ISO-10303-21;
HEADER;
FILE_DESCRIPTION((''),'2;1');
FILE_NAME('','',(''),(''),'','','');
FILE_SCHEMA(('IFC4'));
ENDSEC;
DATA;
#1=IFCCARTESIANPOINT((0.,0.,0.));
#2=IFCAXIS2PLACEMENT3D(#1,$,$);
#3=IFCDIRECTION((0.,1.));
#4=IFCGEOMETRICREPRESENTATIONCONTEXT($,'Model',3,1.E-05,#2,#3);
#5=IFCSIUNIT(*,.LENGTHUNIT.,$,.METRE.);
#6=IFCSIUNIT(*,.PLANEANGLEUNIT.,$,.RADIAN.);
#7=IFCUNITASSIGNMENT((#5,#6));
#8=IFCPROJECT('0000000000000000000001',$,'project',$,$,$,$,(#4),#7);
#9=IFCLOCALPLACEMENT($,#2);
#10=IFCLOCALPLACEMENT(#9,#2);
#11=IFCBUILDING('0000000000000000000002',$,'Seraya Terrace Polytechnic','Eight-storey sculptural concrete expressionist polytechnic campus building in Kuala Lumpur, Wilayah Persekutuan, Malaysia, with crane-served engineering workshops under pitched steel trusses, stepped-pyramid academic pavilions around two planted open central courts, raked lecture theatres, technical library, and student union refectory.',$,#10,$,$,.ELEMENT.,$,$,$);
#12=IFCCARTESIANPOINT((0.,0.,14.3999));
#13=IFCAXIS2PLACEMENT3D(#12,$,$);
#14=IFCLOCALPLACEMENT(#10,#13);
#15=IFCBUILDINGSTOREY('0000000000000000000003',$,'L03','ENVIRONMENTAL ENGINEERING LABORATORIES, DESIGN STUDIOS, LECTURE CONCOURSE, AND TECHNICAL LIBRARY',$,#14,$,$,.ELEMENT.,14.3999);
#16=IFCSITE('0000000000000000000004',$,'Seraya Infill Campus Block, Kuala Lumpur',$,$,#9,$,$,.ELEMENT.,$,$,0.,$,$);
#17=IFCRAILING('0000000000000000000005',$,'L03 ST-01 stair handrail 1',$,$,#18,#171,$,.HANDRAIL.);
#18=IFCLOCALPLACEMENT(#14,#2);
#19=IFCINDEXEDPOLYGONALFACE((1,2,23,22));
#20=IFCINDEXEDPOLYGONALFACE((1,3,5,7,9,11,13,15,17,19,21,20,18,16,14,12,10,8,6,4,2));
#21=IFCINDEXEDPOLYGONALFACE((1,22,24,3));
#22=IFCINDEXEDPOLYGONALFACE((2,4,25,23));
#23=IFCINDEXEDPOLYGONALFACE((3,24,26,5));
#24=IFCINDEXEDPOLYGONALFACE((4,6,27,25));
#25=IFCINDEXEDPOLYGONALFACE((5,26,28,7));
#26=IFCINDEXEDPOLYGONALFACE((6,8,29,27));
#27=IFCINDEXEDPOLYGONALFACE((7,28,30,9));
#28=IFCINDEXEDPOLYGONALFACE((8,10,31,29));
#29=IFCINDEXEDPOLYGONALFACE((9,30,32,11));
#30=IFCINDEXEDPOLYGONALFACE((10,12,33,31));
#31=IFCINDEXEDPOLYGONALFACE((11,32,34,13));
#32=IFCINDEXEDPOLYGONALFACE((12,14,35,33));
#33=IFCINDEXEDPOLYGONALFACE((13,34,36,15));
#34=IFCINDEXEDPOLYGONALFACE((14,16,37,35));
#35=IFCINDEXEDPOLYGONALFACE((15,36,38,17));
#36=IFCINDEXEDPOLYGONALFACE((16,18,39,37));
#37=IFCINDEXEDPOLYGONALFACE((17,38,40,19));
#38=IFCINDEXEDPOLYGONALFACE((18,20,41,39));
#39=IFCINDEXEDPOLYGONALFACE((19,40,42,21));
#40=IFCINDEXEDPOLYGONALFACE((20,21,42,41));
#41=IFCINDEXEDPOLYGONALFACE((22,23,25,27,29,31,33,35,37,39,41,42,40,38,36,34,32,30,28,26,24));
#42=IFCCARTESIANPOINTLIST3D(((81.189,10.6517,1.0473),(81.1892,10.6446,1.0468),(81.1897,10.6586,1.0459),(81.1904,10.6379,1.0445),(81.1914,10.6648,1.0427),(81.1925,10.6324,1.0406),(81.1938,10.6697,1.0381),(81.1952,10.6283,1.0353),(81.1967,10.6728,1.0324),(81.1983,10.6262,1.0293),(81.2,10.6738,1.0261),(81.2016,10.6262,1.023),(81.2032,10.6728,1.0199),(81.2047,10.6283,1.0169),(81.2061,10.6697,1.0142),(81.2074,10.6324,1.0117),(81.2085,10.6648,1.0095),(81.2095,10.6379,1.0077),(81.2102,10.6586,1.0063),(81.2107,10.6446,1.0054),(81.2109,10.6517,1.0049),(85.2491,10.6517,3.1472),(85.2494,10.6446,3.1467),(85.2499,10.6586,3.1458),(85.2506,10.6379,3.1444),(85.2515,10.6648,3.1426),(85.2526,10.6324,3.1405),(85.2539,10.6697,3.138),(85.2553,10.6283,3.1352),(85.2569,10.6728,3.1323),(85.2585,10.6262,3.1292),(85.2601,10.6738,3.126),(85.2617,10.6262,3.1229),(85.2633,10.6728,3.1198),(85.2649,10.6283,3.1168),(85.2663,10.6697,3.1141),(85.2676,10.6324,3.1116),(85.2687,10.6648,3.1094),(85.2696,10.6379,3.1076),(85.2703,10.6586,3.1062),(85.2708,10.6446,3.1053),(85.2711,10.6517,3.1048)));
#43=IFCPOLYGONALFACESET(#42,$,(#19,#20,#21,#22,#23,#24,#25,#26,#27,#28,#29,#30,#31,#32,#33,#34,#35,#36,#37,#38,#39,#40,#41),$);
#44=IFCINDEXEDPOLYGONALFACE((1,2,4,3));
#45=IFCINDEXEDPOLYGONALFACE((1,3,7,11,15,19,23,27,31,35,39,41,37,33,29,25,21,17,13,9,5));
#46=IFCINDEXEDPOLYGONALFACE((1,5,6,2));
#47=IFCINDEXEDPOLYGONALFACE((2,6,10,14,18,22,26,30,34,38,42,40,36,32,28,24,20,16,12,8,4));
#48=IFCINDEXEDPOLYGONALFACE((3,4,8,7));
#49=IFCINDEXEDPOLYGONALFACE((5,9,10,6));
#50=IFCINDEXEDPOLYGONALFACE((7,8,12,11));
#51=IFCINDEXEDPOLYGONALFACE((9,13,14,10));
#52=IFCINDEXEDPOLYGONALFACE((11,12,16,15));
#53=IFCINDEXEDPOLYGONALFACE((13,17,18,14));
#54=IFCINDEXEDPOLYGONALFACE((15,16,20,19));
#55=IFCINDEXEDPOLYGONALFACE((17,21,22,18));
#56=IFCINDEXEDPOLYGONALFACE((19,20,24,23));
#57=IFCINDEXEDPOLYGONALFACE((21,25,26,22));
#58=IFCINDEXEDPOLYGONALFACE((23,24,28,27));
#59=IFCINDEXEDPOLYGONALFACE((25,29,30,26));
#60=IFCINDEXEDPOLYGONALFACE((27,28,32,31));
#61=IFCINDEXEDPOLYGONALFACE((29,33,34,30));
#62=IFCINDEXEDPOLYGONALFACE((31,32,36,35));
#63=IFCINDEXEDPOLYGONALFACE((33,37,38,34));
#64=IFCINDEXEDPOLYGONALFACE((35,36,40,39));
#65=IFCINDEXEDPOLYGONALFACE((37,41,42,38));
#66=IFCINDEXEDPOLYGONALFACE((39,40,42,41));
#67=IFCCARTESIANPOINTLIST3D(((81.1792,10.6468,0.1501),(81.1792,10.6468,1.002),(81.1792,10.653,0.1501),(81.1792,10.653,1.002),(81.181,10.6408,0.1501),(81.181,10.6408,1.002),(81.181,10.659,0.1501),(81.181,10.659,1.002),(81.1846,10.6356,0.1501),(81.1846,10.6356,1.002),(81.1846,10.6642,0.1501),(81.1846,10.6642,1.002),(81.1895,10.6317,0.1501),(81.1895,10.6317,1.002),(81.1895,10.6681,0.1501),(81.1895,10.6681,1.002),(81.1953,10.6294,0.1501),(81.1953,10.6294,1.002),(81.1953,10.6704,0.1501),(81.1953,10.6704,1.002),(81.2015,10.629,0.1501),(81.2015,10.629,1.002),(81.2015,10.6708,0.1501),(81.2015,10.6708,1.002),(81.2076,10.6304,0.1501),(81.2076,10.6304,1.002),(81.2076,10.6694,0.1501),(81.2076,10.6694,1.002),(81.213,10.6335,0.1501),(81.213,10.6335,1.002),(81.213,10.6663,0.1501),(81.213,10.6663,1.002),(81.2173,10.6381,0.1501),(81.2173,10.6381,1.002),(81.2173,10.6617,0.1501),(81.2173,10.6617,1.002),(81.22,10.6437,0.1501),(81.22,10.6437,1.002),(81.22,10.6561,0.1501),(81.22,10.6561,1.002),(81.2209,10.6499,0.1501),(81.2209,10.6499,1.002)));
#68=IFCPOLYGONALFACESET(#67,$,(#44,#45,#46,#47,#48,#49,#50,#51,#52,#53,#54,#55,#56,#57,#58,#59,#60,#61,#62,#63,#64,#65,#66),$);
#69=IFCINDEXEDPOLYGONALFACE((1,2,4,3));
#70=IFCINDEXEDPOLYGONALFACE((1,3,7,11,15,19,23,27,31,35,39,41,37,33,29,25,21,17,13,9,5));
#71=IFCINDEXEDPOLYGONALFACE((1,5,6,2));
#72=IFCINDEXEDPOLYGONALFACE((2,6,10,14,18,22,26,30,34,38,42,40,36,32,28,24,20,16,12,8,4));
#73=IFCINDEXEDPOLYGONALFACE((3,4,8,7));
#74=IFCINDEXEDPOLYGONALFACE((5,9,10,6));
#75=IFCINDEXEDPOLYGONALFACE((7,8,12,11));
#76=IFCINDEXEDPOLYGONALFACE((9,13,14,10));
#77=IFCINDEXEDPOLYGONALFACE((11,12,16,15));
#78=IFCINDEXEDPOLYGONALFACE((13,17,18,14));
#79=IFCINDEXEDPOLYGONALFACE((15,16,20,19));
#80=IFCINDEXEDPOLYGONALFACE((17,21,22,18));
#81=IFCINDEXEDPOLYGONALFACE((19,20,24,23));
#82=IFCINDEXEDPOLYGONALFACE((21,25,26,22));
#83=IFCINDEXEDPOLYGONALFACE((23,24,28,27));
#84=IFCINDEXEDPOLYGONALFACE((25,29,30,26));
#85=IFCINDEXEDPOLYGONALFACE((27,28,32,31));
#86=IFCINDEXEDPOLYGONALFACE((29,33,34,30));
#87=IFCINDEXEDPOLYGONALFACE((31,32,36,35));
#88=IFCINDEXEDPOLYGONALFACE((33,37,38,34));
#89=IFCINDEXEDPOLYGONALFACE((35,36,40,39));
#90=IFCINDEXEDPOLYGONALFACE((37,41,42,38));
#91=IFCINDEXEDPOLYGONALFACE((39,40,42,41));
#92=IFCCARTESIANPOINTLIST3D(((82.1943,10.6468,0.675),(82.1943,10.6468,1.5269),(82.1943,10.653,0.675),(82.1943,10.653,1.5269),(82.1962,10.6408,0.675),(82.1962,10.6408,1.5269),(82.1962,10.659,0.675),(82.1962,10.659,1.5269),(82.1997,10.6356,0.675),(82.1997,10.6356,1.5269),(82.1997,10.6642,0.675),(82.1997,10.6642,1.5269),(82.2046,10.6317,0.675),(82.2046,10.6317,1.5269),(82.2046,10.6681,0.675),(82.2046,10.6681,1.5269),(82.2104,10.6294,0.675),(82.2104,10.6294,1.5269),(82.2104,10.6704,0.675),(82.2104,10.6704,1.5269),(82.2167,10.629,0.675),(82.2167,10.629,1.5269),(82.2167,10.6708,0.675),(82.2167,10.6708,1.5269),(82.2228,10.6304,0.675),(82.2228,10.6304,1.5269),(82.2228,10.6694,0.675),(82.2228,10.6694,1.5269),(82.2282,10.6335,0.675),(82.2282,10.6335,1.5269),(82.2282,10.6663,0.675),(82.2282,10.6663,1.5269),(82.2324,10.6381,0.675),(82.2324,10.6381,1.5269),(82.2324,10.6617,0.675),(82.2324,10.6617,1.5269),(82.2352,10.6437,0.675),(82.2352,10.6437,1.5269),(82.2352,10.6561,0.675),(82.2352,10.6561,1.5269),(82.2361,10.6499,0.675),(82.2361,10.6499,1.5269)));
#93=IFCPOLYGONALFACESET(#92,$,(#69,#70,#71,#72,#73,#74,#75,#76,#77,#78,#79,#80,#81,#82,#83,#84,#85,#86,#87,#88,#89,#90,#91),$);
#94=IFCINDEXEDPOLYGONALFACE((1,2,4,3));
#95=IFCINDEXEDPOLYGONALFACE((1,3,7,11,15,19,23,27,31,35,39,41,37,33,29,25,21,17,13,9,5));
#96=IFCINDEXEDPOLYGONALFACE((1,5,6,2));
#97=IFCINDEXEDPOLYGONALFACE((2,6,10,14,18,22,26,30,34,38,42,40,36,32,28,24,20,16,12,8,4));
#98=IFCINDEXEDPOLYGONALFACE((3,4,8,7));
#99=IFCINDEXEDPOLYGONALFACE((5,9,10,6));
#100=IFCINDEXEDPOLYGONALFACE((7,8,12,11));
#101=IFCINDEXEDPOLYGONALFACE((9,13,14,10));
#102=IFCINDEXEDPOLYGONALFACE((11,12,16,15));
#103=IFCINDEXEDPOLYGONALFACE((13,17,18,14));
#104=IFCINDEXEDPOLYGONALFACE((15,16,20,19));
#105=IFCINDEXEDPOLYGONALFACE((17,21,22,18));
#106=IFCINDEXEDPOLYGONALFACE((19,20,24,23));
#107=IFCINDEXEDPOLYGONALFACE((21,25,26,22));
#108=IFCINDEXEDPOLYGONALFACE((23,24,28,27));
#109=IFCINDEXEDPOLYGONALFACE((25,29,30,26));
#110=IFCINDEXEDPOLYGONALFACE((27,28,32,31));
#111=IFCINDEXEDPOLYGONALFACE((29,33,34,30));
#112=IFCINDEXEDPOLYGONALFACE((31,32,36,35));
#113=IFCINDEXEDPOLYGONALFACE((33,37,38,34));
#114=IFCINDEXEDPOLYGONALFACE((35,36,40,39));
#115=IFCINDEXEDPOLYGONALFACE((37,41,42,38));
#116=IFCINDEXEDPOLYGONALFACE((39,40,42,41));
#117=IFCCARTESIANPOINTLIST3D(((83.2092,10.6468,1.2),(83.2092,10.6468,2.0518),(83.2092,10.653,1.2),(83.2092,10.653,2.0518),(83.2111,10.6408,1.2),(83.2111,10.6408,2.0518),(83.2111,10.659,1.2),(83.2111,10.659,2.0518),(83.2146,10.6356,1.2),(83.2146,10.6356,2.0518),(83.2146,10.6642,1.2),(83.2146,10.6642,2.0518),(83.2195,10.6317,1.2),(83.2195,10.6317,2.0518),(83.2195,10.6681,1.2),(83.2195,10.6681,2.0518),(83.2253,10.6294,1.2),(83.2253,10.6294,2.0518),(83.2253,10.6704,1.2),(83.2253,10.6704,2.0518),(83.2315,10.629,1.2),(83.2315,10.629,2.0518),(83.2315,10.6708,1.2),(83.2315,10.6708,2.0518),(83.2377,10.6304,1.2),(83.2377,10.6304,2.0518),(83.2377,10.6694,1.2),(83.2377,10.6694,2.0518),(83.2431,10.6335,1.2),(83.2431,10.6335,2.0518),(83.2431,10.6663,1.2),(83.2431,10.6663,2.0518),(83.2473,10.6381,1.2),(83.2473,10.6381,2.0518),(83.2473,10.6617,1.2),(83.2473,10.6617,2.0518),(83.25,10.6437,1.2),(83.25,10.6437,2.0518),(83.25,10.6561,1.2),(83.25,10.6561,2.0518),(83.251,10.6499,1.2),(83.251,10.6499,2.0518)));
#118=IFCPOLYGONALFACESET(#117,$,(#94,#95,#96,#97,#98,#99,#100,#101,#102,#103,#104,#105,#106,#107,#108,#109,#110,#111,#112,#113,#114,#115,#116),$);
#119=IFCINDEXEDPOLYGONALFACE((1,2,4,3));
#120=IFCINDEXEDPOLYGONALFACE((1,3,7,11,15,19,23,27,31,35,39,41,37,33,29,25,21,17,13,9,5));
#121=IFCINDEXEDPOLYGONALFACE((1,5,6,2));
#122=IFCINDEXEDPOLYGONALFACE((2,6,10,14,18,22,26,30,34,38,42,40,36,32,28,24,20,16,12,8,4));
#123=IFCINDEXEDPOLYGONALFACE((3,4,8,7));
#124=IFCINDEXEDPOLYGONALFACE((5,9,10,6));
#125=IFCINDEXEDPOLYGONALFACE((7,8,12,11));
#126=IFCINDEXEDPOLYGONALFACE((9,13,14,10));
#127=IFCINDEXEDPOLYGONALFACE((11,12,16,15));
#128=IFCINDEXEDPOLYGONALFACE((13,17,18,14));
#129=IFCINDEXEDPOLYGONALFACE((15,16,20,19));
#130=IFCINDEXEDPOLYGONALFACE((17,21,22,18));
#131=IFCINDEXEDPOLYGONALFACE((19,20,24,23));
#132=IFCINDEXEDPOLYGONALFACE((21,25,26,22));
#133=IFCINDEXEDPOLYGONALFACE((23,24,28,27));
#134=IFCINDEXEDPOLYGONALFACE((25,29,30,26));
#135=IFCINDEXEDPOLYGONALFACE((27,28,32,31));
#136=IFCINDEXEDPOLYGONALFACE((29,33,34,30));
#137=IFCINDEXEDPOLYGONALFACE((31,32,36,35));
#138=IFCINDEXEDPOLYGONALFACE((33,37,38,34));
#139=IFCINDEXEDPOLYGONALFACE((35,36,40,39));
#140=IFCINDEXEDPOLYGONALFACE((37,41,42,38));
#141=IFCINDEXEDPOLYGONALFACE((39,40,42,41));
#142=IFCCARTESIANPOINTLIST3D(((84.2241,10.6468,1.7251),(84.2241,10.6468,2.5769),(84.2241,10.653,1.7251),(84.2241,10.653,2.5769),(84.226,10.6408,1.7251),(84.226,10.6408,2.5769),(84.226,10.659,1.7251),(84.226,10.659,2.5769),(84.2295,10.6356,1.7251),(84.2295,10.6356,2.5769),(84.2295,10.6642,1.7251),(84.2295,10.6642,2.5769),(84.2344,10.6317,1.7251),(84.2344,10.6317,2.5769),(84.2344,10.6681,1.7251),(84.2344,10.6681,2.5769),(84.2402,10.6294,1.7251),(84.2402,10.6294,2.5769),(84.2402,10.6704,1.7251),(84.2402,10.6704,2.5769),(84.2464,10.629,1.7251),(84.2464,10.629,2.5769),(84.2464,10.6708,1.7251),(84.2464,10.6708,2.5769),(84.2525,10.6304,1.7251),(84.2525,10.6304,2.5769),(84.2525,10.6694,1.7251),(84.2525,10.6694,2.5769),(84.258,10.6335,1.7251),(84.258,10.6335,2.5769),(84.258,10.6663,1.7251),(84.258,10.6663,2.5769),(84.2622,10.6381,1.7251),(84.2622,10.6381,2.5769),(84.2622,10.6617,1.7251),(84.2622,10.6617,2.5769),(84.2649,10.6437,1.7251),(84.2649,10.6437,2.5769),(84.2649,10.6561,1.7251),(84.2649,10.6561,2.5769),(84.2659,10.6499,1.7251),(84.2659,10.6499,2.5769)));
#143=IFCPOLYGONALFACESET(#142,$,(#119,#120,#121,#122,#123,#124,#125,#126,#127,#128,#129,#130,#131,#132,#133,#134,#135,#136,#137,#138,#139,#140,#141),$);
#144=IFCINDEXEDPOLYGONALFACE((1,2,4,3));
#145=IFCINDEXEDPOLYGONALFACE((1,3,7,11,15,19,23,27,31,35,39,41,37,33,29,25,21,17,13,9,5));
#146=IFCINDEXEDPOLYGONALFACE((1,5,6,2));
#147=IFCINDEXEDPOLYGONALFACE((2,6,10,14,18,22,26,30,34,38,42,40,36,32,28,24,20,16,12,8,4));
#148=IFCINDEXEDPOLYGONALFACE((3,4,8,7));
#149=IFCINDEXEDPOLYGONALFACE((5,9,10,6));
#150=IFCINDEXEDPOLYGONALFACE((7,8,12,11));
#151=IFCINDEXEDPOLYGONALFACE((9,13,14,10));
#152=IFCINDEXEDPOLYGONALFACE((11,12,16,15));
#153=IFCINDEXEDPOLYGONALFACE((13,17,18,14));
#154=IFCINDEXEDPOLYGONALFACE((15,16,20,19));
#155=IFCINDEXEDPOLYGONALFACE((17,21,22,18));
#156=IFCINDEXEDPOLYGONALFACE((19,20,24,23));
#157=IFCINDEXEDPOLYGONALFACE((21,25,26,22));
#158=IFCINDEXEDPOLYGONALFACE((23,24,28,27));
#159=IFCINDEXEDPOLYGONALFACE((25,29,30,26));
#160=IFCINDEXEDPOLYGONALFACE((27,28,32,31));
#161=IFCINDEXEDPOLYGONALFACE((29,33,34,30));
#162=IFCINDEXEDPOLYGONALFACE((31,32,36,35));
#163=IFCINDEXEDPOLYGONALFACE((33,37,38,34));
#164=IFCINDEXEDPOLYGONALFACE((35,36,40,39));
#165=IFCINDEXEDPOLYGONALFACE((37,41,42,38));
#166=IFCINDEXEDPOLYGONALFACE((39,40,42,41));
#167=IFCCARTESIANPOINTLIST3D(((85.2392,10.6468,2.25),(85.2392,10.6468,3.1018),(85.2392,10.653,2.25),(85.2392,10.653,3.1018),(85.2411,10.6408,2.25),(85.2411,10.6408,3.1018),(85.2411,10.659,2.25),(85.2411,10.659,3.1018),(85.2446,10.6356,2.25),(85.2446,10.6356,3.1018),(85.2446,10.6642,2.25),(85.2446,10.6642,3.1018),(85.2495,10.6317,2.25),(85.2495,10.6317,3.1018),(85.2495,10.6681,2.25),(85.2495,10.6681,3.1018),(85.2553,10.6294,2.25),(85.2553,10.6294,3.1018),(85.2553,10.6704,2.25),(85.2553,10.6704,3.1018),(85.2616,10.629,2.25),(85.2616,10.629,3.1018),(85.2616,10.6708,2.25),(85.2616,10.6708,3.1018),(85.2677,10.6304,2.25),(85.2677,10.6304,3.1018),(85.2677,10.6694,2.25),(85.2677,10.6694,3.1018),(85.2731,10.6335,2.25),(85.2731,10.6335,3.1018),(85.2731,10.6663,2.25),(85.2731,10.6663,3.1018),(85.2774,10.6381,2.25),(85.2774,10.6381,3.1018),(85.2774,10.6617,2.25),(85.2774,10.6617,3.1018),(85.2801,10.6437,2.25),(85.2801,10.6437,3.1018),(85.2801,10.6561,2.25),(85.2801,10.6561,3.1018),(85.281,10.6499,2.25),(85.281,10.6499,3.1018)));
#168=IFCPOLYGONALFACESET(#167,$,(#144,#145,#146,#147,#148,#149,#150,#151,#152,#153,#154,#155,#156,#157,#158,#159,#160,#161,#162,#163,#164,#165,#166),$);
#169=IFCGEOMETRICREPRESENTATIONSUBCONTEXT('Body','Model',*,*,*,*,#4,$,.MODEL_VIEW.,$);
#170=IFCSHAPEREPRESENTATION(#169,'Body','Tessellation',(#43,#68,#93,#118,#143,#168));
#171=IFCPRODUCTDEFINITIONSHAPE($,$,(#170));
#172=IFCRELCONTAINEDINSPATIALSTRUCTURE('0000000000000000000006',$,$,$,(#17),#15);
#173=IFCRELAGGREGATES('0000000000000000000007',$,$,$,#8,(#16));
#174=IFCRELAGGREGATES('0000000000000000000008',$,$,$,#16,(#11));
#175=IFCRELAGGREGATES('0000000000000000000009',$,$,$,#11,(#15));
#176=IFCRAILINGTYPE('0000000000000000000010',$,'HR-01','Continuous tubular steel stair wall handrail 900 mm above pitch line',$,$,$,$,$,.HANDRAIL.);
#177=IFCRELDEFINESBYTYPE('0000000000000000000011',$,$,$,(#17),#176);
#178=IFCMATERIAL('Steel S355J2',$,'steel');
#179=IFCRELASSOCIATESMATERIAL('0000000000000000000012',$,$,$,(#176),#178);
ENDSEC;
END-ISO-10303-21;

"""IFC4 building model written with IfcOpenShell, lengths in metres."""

from ifc_helpers import new_model, si_unit, direction, frame, origin, origin_2d, place, context, subcontext, project, spatial, circle, extrude, material, type_object, element, save


model = new_model("IFC4")

# Units and contexts
model_context = context("Model", 3, precision=1e-05, world=origin(), true_north=direction((0.0, 1.0)))
body_context = subcontext(model_context, "Body", "Model", "MODEL_VIEW")
ifc_project = project(units=[si_unit("LENGTHUNIT", "METRE"), si_unit("PLANEANGLEUNIT", "RADIAN")], contexts=[model_context])

# Site, building, storey
site_placement = place(None, origin())
site = spatial("IfcSite", under=ifc_project, at=site_placement, Name="Seraya Infill Campus Block, Kuala Lumpur", CompositionType="ELEMENT", RefElevation=0.0)
building_placement = place(site_placement, origin())
building = spatial("IfcBuilding", under=site, at=building_placement, Name="Seraya Terrace Polytechnic", Description="Eight-storey sculptural concrete expressionist polytechnic campus building in Kuala Lumpur, Wilayah Persekutuan, Malaysia, with crane-served engineering workshops under pitched steel trusses, stepped-pyramid academic pavilions around two planted open central courts, raked lecture theatres, technical library, and student union refectory.", CompositionType="ELEMENT")
storey_placement = place(building_placement, frame((0.0, 0.0, 14.3999)))
storey = spatial("IfcBuildingStorey", under=building, at=storey_placement, Name="L03", Description="ENVIRONMENTAL ENGINEERING LABORATORIES, DESIGN STUDIOS, LECTURE CONCOURSE, AND TECHNICAL LIBRARY", CompositionType="ELEMENT", Elevation=14.3999)

# Shared definitions
ifc_material_1 = material(Name="Steel S355J2", Category="steel")

# Railing
railing_type = type_object("IfcRailingType", Name="HR-01", Description="Continuous tubular steel stair wall handrail 900 mm above pitch line", PredefinedType="HANDRAIL", material=ifc_material_1)
railing_placement = place(storey_placement, frame((81.2, 10.6499, 0.1501)))
element("IfcRailing", 1, at=railing_placement, inside=storey, type_object=railing_type, Name="L03 ST-01 stair handrail 1", PredefinedType="HANDRAIL", context=body_context, shape_type="SweptSolid", body=[
    extrude(circle(Radius=0.0239, at=origin_2d()), frame((0.0, 0.0, 0.876), z_axis=(0.888233, 0.0, 0.459392), x_axis=(0.0, 1.0, 0.0)), (0.0, 0.0, 1.0), 4.571),
    extrude(circle(Radius=0.021, at=origin_2d()), origin(), (0.0, 0.0, 1.0), 0.8518),
    extrude(circle(Radius=0.021, at=origin_2d()), frame((1.0151, 0.0, 0.5249)), (0.0, 0.0, 1.0), 0.8518),
    extrude(circle(Radius=0.021, at=origin_2d()), frame((2.03, 0.0, 1.0498)), (0.0, 0.0, 1.0), 0.8518),
    extrude(circle(Radius=0.021, at=origin_2d()), frame((3.0449, 0.0, 1.575)), (0.0, 0.0, 1.0), 0.8518),
    extrude(circle(Radius=0.021, at=origin_2d()), frame((4.0601, 0.0, 2.0999)), (0.0, 0.0, 1.0), 0.8518),
])

save(model, "model.ifc")
